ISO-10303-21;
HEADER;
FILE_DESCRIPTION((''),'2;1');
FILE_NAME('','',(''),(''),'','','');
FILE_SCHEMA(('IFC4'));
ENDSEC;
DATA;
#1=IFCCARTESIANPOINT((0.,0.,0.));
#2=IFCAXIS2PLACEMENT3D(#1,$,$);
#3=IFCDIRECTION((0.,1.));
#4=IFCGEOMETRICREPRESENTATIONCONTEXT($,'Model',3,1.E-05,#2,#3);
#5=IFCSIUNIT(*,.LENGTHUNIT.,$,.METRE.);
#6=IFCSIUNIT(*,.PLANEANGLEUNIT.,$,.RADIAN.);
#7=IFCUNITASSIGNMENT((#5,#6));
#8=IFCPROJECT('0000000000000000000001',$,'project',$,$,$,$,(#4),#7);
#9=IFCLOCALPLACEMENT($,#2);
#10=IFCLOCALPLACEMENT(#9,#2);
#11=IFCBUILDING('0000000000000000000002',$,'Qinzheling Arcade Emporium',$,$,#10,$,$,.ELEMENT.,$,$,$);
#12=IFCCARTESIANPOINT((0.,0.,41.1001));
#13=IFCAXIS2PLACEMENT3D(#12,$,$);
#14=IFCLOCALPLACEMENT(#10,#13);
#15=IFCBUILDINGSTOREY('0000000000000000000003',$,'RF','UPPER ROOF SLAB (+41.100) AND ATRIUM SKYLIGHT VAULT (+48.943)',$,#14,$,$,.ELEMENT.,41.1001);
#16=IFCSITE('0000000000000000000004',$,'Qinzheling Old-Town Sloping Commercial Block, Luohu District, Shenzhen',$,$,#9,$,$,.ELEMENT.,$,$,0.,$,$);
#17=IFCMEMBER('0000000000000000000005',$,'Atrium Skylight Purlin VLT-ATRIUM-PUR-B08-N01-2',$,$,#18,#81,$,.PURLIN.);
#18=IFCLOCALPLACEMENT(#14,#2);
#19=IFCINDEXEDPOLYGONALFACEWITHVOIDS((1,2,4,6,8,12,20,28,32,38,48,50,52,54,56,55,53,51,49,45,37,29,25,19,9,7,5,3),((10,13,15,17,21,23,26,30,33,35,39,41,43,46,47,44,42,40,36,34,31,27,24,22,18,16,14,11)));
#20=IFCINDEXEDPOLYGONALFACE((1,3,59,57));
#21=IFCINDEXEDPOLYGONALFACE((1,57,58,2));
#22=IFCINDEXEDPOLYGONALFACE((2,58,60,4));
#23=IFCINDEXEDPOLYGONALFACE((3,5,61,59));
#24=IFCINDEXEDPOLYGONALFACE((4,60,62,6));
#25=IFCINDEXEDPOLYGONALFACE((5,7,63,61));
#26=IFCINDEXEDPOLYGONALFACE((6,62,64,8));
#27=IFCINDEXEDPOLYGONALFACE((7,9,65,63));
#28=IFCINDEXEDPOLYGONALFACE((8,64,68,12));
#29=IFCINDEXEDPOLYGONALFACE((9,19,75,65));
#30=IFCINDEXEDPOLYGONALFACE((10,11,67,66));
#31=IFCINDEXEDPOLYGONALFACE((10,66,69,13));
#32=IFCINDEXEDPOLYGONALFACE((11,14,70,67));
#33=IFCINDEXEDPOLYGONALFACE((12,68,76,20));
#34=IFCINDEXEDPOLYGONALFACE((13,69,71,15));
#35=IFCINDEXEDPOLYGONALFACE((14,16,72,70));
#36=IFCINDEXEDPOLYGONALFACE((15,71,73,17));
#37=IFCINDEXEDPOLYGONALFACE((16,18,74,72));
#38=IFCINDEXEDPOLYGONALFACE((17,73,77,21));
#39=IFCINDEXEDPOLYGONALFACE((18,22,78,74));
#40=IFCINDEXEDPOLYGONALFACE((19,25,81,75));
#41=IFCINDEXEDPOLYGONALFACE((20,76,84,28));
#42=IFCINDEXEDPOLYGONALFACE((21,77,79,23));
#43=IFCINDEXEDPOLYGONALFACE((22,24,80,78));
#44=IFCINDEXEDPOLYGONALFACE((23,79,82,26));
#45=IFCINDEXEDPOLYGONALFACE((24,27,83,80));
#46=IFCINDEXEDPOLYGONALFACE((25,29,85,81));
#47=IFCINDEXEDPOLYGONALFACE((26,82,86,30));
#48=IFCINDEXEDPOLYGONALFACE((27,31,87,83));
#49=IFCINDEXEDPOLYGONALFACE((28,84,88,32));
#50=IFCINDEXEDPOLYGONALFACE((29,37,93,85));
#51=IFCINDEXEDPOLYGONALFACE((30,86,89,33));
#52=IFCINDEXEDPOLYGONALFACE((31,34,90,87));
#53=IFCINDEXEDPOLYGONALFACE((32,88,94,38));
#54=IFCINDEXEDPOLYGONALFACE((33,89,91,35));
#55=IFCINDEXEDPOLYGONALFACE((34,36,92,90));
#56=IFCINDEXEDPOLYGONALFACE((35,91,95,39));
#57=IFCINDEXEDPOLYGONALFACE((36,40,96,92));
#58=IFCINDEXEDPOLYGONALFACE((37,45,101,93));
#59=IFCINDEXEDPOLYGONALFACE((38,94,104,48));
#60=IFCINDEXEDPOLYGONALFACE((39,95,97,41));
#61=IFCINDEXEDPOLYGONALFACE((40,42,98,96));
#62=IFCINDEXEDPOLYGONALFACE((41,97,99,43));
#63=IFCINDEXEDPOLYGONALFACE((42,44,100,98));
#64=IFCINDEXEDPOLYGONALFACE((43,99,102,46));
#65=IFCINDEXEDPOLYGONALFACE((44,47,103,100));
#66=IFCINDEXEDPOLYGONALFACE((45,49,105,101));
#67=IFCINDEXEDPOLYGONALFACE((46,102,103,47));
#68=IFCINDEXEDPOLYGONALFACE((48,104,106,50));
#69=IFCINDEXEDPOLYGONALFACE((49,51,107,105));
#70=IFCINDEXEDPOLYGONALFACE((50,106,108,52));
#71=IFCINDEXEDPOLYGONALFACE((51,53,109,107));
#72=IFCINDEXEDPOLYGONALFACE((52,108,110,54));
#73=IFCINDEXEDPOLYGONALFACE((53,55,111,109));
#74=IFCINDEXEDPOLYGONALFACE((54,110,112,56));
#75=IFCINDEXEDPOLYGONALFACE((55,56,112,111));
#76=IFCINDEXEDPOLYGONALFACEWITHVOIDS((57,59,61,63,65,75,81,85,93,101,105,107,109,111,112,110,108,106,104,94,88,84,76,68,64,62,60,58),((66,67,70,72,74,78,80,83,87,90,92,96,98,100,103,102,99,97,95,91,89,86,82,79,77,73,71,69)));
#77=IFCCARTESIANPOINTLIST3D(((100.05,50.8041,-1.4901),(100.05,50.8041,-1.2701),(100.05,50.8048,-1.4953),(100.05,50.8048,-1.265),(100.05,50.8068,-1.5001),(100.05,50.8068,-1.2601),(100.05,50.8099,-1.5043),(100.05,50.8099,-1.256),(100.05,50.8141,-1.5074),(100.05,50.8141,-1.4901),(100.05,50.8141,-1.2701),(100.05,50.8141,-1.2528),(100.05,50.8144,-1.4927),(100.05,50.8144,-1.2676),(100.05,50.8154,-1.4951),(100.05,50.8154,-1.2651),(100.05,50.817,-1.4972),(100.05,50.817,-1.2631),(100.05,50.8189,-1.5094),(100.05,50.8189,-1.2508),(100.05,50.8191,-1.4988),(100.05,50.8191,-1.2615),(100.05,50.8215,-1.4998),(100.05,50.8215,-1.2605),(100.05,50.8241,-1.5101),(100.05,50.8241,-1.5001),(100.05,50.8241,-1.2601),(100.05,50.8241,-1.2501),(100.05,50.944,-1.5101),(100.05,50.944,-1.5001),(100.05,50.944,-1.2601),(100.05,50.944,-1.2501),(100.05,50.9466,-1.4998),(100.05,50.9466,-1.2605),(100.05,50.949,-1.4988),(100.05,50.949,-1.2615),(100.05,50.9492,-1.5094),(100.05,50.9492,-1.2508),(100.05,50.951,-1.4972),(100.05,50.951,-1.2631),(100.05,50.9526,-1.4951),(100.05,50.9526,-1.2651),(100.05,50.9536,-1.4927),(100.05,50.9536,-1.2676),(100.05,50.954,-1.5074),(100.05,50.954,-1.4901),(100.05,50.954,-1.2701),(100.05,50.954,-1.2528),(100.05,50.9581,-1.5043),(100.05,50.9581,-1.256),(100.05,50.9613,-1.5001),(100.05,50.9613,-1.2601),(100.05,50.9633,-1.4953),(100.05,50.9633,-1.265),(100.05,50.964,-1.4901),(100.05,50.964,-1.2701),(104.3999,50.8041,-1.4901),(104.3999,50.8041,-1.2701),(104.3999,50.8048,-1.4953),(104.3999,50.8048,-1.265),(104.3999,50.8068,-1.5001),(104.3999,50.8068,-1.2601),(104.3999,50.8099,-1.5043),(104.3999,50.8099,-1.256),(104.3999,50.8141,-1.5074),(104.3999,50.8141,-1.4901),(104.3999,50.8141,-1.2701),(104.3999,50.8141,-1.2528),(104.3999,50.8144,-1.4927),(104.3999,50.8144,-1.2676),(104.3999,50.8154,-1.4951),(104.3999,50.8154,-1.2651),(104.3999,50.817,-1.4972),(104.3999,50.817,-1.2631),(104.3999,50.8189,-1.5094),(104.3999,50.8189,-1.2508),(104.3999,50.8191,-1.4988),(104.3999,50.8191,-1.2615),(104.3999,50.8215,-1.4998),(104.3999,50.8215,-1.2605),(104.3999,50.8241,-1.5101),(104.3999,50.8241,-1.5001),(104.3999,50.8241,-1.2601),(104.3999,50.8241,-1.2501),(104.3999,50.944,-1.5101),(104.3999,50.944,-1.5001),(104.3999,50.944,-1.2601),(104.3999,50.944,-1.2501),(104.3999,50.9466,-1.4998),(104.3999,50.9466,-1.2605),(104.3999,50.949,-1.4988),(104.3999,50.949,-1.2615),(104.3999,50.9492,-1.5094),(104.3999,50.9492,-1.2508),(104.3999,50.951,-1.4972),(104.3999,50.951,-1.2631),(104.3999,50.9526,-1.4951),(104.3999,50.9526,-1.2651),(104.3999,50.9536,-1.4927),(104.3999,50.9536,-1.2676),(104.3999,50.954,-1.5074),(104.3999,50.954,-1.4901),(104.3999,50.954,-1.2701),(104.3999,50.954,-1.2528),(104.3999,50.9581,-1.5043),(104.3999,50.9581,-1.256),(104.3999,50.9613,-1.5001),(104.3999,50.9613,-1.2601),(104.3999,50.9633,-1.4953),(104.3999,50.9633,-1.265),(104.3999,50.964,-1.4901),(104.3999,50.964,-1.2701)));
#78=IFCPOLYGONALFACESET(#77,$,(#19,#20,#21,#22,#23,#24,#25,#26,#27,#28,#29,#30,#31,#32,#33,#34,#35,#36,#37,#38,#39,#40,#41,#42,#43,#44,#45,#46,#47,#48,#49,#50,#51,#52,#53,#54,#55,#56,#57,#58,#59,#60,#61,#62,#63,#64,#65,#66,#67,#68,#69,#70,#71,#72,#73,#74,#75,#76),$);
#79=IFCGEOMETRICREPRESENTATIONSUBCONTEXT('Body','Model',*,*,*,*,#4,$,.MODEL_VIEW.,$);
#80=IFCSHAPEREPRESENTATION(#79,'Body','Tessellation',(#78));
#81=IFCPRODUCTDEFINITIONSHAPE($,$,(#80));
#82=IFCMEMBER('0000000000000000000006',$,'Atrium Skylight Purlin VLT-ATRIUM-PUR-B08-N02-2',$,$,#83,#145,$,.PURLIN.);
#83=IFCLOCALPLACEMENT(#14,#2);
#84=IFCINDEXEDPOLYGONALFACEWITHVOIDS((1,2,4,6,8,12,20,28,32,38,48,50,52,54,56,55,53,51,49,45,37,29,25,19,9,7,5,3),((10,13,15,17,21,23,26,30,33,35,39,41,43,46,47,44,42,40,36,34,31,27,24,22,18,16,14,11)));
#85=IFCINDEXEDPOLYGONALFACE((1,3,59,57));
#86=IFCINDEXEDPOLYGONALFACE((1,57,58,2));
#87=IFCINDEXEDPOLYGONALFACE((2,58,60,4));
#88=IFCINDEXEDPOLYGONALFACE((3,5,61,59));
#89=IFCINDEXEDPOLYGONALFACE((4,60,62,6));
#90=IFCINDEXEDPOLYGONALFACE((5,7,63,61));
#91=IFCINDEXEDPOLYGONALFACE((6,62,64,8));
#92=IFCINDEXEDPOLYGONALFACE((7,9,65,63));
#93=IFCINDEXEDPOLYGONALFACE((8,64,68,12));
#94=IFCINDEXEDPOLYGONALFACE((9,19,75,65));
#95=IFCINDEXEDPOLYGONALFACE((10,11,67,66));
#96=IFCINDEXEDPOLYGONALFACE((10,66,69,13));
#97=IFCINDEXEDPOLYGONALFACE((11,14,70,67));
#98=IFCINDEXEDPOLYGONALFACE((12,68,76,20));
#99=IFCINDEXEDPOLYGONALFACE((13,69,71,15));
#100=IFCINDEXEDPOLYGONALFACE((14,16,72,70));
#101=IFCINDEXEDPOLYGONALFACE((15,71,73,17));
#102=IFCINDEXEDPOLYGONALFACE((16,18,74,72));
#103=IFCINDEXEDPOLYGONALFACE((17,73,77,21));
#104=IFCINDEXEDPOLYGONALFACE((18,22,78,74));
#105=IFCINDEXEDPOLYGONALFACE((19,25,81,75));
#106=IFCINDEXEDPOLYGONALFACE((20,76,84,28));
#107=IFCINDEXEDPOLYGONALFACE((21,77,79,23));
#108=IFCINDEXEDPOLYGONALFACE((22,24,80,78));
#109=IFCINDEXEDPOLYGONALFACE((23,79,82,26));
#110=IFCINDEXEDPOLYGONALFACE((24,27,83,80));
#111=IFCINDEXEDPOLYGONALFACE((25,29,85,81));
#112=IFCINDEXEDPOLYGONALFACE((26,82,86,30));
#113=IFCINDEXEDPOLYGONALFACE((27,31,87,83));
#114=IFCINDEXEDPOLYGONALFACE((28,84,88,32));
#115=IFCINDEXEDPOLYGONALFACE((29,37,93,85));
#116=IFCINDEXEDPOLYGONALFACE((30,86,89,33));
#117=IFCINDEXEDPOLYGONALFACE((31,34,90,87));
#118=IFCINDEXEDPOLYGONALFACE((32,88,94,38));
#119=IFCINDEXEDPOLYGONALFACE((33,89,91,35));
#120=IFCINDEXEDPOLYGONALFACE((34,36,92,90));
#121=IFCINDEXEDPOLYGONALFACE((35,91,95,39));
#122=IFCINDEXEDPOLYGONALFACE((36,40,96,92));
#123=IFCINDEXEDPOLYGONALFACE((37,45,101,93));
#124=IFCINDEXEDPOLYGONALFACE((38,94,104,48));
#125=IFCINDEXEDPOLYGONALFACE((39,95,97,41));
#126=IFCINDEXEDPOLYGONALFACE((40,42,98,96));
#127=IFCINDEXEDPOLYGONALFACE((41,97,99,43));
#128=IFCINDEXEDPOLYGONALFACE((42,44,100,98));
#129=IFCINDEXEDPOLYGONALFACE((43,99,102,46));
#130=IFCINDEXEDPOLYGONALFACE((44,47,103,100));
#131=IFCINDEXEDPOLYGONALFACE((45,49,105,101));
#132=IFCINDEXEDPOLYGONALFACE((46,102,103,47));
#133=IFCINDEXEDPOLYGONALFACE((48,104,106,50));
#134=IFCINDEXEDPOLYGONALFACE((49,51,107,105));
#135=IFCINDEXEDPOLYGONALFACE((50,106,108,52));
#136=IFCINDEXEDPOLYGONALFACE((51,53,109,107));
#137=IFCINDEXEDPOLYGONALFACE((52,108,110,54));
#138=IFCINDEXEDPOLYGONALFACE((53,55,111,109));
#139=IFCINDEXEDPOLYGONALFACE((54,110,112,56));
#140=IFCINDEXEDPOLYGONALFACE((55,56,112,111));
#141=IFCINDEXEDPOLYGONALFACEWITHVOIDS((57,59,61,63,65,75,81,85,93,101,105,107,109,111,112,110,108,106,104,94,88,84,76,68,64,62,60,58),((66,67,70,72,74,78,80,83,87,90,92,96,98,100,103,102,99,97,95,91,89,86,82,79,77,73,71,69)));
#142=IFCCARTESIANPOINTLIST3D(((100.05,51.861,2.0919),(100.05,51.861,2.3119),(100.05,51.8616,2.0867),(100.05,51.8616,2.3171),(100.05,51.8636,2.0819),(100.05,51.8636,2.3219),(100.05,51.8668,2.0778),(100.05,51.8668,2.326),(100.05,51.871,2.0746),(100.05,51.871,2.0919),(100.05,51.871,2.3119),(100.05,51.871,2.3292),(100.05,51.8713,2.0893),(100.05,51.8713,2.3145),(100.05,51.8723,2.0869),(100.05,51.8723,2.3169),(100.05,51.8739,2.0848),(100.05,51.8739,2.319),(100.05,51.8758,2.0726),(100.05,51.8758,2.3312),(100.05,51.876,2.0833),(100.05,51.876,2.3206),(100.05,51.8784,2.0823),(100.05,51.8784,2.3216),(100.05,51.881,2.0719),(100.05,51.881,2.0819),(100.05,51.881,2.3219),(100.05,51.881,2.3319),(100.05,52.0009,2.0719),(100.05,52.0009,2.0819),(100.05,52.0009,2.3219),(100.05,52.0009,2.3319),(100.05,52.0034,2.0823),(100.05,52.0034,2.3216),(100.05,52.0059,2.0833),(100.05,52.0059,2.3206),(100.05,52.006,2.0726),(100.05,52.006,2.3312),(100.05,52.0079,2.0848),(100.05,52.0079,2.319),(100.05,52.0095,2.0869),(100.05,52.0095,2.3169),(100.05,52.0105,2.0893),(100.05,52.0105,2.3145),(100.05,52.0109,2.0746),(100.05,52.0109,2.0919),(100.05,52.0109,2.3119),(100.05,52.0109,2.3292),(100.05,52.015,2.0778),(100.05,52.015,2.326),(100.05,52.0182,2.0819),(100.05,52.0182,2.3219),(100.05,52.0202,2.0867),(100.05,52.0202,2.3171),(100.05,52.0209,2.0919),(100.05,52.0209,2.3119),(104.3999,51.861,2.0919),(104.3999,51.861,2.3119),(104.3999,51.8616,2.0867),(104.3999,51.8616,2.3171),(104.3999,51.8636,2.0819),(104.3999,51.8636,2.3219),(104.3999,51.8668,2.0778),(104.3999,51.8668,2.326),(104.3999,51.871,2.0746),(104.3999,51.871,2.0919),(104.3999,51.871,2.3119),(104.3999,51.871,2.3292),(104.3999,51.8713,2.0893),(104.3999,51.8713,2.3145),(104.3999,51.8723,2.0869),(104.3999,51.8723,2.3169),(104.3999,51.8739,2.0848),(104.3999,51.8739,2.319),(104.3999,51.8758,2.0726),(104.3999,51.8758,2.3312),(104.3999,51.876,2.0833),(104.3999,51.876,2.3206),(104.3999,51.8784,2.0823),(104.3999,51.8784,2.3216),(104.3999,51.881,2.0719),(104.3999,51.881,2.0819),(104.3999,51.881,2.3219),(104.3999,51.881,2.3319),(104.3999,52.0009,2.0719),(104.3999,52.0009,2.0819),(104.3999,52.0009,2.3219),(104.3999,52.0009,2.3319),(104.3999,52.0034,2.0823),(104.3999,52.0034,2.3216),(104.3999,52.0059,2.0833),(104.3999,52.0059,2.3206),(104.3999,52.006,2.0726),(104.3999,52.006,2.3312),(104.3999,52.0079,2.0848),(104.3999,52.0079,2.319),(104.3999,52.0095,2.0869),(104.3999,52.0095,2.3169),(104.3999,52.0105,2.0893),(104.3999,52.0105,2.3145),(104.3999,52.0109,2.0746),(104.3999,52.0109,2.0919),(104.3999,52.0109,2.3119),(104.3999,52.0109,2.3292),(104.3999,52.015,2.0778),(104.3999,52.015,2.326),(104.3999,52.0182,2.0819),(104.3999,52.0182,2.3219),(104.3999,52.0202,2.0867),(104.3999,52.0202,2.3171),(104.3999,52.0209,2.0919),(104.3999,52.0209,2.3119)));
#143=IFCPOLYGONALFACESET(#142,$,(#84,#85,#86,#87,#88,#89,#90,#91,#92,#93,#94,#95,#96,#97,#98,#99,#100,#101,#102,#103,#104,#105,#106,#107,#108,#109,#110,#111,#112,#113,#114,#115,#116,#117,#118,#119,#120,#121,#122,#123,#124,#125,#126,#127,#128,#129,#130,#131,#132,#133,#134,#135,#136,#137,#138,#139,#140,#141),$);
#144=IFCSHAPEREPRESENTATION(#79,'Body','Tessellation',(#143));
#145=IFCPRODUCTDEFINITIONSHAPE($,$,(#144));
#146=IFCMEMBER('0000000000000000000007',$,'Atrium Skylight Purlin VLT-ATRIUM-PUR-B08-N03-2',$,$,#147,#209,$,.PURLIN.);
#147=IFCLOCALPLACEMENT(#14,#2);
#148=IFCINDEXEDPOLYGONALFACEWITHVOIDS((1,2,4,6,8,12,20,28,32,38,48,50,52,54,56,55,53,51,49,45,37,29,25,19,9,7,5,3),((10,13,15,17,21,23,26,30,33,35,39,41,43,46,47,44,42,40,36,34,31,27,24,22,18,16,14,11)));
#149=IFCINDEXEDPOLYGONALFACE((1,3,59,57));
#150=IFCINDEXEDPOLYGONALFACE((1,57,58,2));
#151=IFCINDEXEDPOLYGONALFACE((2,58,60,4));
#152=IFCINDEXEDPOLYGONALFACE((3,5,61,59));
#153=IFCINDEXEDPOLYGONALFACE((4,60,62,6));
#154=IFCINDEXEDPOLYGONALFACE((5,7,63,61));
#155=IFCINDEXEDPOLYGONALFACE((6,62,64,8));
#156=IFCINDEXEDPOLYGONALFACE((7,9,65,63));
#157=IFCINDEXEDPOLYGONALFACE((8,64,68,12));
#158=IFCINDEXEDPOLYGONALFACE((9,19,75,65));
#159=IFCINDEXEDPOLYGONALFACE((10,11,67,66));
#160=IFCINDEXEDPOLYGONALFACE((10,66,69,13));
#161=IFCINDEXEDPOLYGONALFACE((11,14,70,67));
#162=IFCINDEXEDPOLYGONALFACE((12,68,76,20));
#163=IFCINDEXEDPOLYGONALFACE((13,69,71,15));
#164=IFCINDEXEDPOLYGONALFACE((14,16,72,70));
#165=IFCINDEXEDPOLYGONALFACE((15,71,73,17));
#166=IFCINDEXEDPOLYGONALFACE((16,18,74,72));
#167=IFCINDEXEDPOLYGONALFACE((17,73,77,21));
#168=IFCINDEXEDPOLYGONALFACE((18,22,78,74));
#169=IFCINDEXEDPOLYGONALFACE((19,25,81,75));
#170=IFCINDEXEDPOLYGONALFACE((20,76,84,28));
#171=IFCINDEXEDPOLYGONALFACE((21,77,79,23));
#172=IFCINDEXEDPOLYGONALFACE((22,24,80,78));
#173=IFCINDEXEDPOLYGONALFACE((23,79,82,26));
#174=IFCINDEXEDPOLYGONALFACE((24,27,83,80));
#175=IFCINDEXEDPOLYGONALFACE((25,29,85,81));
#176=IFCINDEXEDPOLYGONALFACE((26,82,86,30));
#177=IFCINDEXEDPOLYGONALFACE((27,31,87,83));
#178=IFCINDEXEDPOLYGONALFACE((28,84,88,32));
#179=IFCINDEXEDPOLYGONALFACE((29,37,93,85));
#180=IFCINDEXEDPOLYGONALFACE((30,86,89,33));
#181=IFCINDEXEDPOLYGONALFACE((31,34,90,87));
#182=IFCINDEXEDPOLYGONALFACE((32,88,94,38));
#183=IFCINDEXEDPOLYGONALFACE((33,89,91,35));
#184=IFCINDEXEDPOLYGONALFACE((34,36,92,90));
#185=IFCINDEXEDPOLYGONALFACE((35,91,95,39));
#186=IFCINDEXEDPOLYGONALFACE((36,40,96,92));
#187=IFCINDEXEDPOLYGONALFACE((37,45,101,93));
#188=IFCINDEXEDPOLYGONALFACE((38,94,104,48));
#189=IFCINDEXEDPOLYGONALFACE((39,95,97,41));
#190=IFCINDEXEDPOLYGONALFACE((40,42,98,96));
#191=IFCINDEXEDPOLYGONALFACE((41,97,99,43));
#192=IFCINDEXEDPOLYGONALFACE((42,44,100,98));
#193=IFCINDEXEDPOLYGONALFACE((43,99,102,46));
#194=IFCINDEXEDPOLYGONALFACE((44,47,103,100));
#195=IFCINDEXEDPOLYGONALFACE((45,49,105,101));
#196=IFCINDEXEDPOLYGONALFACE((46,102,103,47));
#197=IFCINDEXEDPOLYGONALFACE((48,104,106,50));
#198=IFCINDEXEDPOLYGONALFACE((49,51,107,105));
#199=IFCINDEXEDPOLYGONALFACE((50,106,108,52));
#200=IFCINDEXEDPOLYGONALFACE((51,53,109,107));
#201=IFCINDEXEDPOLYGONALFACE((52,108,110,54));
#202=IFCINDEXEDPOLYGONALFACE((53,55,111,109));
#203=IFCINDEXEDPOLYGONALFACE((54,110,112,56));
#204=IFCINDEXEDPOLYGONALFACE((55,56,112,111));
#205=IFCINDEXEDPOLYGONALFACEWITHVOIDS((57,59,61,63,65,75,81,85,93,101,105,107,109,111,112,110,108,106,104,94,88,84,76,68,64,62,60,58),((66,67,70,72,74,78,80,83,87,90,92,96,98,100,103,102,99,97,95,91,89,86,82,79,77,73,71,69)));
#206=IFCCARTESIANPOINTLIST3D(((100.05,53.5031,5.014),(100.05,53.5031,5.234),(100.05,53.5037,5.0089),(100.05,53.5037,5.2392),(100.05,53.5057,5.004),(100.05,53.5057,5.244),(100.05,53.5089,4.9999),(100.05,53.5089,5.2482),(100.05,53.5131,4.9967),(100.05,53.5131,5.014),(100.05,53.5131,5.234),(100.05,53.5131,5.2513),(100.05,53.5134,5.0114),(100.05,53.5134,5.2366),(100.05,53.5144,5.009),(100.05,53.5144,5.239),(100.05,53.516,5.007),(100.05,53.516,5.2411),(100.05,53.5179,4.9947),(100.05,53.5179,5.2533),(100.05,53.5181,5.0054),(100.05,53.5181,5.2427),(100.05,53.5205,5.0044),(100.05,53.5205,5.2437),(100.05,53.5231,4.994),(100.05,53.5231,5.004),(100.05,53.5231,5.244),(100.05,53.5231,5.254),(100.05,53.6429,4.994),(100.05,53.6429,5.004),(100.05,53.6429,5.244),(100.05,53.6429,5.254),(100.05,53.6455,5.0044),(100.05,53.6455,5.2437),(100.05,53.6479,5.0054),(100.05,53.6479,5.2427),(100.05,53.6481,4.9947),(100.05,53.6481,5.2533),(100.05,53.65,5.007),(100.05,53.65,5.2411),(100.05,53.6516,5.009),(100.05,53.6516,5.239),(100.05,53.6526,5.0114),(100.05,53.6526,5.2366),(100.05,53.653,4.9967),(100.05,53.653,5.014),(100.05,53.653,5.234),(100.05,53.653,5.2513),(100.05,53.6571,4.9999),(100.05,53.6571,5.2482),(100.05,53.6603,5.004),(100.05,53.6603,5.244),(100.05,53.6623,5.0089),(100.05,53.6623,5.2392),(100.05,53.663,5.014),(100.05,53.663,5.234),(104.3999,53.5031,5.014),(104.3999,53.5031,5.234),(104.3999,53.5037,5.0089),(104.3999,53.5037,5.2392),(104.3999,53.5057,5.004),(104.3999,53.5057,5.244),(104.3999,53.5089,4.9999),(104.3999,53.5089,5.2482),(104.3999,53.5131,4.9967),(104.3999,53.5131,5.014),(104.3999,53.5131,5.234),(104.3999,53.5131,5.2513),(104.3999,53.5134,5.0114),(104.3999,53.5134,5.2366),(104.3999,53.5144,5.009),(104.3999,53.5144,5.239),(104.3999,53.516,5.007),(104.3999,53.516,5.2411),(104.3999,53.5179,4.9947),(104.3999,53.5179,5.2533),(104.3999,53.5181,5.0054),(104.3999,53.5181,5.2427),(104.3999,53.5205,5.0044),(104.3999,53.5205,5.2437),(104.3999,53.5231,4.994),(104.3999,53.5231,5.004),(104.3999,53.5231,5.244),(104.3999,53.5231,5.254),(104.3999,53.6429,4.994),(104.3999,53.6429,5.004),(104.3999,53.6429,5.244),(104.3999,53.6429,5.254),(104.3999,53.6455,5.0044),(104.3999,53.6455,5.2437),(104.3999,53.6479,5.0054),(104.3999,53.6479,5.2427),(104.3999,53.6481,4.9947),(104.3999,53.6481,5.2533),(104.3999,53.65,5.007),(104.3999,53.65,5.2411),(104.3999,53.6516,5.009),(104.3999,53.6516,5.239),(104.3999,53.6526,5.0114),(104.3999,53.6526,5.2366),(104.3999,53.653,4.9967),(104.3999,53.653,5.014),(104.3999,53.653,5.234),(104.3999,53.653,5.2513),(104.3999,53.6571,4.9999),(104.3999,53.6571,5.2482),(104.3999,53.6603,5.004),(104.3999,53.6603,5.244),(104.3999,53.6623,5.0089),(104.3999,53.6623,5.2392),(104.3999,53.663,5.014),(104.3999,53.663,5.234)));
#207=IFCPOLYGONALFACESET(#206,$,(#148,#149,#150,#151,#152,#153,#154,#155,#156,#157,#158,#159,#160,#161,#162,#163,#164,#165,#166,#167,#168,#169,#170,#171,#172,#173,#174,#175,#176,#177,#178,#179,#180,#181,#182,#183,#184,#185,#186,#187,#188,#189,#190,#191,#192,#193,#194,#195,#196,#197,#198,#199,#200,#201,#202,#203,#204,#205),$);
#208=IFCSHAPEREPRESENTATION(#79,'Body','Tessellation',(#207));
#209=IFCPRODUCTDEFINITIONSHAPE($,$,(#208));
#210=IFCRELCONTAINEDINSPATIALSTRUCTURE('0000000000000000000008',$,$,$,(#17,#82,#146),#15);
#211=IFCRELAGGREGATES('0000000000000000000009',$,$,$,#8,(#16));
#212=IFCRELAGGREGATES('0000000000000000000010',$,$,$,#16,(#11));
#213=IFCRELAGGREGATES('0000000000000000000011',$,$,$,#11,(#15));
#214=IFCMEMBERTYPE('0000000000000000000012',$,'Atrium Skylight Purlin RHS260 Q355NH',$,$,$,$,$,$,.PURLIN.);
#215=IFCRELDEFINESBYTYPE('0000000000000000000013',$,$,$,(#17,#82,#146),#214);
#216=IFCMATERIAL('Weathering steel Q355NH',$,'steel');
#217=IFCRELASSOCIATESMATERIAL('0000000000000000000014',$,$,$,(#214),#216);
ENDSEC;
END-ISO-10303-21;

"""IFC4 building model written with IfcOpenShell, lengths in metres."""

from ifc_helpers import new_model, si_unit, direction, frame, origin, origin_2d, place, context, subcontext, project, spatial, hollow_rectangle, extrude, material, material_profile, profile_set, type_object, element, save


model = new_model("IFC4")

# Units and contexts
model_context = context("Model", 3, precision=1e-05, world=origin(), true_north=direction((0.0, 1.0)))
body_context = subcontext(model_context, "Body", "Model", "MODEL_VIEW")
ifc_project = project(units=[si_unit("LENGTHUNIT", "METRE"), si_unit("PLANEANGLEUNIT", "RADIAN")], contexts=[model_context])

# Site, building, storey
site_placement = place(None, origin())
site = spatial("IfcSite", under=ifc_project, at=site_placement, Name="Qinzheling Old-Town Sloping Commercial Block, Luohu District, Shenzhen", CompositionType="ELEMENT", RefElevation=0.0)
building_placement = place(site_placement, origin())
building = spatial("IfcBuilding", under=site, at=building_placement, Name="Qinzheling Arcade Emporium", CompositionType="ELEMENT")
storey_placement = place(building_placement, frame((0.0, 0.0, 41.1001)))
storey = spatial("IfcBuildingStorey", under=building, at=storey_placement, Name="RF", Description="UPPER ROOF SLAB (+41.100) AND ATRIUM SKYLIGHT VAULT (+48.943)", CompositionType="ELEMENT", Elevation=41.1001)

# Shared definitions
ifc_material_1 = material(Name="Weathering steel Q355NH", Category="steel")

# Members
ifc_material_profile_1 = material_profile(ifc_material_1, hollow_rectangle(XDim=0.1599, YDim=0.26, WallThickness=0.01, InnerFilletRadius=0.01, OuterFilletRadius=0.02, at=origin_2d()), Name="RHS 260x160x10", Category="steel")
ifc_profile_set_1 = profile_set([ifc_material_profile_1], Name="Weathering steel Q355NH")
member_type = type_object("IfcMemberType", Name="Atrium Skylight Purlin RHS260 Q355NH", PredefinedType="PURLIN", material=ifc_profile_set_1)
for number, where, z_axis, x_axis, name in (
    (1, (100.05, 50.884, -1.3801), (1.0, 0.0, 0.0), (0.0, 1.0, 0.0), "Atrium Skylight Purlin VLT-ATRIUM-PUR-B08-N01-2"),
    (2, (100.05, 51.9409, 2.2019), (1.0, 0.0, 0.0), (0.0, 1.0, 0.0), "Atrium Skylight Purlin VLT-ATRIUM-PUR-B08-N02-2"),
    (3, (100.05, 53.583, 5.124), (1.0, 0.0, 0.0), (0.0, 1.0, 0.0), "Atrium Skylight Purlin VLT-ATRIUM-PUR-B08-N03-2"),
):
    element("IfcMember", number, at=place(storey_placement, frame(where, z_axis=z_axis, x_axis=x_axis)), inside=storey, type_object=member_type, Name=name, PredefinedType="PURLIN", context=body_context, shape_type="SweptSolid", body=[
        extrude(hollow_rectangle(XDim=0.1599, YDim=0.26, WallThickness=0.01, InnerFilletRadius=0.01, OuterFilletRadius=0.02, at=origin_2d()), origin(), (0.0, 0.0, 1.0), 4.3499),
    ])

save(model, "model.ifc")
